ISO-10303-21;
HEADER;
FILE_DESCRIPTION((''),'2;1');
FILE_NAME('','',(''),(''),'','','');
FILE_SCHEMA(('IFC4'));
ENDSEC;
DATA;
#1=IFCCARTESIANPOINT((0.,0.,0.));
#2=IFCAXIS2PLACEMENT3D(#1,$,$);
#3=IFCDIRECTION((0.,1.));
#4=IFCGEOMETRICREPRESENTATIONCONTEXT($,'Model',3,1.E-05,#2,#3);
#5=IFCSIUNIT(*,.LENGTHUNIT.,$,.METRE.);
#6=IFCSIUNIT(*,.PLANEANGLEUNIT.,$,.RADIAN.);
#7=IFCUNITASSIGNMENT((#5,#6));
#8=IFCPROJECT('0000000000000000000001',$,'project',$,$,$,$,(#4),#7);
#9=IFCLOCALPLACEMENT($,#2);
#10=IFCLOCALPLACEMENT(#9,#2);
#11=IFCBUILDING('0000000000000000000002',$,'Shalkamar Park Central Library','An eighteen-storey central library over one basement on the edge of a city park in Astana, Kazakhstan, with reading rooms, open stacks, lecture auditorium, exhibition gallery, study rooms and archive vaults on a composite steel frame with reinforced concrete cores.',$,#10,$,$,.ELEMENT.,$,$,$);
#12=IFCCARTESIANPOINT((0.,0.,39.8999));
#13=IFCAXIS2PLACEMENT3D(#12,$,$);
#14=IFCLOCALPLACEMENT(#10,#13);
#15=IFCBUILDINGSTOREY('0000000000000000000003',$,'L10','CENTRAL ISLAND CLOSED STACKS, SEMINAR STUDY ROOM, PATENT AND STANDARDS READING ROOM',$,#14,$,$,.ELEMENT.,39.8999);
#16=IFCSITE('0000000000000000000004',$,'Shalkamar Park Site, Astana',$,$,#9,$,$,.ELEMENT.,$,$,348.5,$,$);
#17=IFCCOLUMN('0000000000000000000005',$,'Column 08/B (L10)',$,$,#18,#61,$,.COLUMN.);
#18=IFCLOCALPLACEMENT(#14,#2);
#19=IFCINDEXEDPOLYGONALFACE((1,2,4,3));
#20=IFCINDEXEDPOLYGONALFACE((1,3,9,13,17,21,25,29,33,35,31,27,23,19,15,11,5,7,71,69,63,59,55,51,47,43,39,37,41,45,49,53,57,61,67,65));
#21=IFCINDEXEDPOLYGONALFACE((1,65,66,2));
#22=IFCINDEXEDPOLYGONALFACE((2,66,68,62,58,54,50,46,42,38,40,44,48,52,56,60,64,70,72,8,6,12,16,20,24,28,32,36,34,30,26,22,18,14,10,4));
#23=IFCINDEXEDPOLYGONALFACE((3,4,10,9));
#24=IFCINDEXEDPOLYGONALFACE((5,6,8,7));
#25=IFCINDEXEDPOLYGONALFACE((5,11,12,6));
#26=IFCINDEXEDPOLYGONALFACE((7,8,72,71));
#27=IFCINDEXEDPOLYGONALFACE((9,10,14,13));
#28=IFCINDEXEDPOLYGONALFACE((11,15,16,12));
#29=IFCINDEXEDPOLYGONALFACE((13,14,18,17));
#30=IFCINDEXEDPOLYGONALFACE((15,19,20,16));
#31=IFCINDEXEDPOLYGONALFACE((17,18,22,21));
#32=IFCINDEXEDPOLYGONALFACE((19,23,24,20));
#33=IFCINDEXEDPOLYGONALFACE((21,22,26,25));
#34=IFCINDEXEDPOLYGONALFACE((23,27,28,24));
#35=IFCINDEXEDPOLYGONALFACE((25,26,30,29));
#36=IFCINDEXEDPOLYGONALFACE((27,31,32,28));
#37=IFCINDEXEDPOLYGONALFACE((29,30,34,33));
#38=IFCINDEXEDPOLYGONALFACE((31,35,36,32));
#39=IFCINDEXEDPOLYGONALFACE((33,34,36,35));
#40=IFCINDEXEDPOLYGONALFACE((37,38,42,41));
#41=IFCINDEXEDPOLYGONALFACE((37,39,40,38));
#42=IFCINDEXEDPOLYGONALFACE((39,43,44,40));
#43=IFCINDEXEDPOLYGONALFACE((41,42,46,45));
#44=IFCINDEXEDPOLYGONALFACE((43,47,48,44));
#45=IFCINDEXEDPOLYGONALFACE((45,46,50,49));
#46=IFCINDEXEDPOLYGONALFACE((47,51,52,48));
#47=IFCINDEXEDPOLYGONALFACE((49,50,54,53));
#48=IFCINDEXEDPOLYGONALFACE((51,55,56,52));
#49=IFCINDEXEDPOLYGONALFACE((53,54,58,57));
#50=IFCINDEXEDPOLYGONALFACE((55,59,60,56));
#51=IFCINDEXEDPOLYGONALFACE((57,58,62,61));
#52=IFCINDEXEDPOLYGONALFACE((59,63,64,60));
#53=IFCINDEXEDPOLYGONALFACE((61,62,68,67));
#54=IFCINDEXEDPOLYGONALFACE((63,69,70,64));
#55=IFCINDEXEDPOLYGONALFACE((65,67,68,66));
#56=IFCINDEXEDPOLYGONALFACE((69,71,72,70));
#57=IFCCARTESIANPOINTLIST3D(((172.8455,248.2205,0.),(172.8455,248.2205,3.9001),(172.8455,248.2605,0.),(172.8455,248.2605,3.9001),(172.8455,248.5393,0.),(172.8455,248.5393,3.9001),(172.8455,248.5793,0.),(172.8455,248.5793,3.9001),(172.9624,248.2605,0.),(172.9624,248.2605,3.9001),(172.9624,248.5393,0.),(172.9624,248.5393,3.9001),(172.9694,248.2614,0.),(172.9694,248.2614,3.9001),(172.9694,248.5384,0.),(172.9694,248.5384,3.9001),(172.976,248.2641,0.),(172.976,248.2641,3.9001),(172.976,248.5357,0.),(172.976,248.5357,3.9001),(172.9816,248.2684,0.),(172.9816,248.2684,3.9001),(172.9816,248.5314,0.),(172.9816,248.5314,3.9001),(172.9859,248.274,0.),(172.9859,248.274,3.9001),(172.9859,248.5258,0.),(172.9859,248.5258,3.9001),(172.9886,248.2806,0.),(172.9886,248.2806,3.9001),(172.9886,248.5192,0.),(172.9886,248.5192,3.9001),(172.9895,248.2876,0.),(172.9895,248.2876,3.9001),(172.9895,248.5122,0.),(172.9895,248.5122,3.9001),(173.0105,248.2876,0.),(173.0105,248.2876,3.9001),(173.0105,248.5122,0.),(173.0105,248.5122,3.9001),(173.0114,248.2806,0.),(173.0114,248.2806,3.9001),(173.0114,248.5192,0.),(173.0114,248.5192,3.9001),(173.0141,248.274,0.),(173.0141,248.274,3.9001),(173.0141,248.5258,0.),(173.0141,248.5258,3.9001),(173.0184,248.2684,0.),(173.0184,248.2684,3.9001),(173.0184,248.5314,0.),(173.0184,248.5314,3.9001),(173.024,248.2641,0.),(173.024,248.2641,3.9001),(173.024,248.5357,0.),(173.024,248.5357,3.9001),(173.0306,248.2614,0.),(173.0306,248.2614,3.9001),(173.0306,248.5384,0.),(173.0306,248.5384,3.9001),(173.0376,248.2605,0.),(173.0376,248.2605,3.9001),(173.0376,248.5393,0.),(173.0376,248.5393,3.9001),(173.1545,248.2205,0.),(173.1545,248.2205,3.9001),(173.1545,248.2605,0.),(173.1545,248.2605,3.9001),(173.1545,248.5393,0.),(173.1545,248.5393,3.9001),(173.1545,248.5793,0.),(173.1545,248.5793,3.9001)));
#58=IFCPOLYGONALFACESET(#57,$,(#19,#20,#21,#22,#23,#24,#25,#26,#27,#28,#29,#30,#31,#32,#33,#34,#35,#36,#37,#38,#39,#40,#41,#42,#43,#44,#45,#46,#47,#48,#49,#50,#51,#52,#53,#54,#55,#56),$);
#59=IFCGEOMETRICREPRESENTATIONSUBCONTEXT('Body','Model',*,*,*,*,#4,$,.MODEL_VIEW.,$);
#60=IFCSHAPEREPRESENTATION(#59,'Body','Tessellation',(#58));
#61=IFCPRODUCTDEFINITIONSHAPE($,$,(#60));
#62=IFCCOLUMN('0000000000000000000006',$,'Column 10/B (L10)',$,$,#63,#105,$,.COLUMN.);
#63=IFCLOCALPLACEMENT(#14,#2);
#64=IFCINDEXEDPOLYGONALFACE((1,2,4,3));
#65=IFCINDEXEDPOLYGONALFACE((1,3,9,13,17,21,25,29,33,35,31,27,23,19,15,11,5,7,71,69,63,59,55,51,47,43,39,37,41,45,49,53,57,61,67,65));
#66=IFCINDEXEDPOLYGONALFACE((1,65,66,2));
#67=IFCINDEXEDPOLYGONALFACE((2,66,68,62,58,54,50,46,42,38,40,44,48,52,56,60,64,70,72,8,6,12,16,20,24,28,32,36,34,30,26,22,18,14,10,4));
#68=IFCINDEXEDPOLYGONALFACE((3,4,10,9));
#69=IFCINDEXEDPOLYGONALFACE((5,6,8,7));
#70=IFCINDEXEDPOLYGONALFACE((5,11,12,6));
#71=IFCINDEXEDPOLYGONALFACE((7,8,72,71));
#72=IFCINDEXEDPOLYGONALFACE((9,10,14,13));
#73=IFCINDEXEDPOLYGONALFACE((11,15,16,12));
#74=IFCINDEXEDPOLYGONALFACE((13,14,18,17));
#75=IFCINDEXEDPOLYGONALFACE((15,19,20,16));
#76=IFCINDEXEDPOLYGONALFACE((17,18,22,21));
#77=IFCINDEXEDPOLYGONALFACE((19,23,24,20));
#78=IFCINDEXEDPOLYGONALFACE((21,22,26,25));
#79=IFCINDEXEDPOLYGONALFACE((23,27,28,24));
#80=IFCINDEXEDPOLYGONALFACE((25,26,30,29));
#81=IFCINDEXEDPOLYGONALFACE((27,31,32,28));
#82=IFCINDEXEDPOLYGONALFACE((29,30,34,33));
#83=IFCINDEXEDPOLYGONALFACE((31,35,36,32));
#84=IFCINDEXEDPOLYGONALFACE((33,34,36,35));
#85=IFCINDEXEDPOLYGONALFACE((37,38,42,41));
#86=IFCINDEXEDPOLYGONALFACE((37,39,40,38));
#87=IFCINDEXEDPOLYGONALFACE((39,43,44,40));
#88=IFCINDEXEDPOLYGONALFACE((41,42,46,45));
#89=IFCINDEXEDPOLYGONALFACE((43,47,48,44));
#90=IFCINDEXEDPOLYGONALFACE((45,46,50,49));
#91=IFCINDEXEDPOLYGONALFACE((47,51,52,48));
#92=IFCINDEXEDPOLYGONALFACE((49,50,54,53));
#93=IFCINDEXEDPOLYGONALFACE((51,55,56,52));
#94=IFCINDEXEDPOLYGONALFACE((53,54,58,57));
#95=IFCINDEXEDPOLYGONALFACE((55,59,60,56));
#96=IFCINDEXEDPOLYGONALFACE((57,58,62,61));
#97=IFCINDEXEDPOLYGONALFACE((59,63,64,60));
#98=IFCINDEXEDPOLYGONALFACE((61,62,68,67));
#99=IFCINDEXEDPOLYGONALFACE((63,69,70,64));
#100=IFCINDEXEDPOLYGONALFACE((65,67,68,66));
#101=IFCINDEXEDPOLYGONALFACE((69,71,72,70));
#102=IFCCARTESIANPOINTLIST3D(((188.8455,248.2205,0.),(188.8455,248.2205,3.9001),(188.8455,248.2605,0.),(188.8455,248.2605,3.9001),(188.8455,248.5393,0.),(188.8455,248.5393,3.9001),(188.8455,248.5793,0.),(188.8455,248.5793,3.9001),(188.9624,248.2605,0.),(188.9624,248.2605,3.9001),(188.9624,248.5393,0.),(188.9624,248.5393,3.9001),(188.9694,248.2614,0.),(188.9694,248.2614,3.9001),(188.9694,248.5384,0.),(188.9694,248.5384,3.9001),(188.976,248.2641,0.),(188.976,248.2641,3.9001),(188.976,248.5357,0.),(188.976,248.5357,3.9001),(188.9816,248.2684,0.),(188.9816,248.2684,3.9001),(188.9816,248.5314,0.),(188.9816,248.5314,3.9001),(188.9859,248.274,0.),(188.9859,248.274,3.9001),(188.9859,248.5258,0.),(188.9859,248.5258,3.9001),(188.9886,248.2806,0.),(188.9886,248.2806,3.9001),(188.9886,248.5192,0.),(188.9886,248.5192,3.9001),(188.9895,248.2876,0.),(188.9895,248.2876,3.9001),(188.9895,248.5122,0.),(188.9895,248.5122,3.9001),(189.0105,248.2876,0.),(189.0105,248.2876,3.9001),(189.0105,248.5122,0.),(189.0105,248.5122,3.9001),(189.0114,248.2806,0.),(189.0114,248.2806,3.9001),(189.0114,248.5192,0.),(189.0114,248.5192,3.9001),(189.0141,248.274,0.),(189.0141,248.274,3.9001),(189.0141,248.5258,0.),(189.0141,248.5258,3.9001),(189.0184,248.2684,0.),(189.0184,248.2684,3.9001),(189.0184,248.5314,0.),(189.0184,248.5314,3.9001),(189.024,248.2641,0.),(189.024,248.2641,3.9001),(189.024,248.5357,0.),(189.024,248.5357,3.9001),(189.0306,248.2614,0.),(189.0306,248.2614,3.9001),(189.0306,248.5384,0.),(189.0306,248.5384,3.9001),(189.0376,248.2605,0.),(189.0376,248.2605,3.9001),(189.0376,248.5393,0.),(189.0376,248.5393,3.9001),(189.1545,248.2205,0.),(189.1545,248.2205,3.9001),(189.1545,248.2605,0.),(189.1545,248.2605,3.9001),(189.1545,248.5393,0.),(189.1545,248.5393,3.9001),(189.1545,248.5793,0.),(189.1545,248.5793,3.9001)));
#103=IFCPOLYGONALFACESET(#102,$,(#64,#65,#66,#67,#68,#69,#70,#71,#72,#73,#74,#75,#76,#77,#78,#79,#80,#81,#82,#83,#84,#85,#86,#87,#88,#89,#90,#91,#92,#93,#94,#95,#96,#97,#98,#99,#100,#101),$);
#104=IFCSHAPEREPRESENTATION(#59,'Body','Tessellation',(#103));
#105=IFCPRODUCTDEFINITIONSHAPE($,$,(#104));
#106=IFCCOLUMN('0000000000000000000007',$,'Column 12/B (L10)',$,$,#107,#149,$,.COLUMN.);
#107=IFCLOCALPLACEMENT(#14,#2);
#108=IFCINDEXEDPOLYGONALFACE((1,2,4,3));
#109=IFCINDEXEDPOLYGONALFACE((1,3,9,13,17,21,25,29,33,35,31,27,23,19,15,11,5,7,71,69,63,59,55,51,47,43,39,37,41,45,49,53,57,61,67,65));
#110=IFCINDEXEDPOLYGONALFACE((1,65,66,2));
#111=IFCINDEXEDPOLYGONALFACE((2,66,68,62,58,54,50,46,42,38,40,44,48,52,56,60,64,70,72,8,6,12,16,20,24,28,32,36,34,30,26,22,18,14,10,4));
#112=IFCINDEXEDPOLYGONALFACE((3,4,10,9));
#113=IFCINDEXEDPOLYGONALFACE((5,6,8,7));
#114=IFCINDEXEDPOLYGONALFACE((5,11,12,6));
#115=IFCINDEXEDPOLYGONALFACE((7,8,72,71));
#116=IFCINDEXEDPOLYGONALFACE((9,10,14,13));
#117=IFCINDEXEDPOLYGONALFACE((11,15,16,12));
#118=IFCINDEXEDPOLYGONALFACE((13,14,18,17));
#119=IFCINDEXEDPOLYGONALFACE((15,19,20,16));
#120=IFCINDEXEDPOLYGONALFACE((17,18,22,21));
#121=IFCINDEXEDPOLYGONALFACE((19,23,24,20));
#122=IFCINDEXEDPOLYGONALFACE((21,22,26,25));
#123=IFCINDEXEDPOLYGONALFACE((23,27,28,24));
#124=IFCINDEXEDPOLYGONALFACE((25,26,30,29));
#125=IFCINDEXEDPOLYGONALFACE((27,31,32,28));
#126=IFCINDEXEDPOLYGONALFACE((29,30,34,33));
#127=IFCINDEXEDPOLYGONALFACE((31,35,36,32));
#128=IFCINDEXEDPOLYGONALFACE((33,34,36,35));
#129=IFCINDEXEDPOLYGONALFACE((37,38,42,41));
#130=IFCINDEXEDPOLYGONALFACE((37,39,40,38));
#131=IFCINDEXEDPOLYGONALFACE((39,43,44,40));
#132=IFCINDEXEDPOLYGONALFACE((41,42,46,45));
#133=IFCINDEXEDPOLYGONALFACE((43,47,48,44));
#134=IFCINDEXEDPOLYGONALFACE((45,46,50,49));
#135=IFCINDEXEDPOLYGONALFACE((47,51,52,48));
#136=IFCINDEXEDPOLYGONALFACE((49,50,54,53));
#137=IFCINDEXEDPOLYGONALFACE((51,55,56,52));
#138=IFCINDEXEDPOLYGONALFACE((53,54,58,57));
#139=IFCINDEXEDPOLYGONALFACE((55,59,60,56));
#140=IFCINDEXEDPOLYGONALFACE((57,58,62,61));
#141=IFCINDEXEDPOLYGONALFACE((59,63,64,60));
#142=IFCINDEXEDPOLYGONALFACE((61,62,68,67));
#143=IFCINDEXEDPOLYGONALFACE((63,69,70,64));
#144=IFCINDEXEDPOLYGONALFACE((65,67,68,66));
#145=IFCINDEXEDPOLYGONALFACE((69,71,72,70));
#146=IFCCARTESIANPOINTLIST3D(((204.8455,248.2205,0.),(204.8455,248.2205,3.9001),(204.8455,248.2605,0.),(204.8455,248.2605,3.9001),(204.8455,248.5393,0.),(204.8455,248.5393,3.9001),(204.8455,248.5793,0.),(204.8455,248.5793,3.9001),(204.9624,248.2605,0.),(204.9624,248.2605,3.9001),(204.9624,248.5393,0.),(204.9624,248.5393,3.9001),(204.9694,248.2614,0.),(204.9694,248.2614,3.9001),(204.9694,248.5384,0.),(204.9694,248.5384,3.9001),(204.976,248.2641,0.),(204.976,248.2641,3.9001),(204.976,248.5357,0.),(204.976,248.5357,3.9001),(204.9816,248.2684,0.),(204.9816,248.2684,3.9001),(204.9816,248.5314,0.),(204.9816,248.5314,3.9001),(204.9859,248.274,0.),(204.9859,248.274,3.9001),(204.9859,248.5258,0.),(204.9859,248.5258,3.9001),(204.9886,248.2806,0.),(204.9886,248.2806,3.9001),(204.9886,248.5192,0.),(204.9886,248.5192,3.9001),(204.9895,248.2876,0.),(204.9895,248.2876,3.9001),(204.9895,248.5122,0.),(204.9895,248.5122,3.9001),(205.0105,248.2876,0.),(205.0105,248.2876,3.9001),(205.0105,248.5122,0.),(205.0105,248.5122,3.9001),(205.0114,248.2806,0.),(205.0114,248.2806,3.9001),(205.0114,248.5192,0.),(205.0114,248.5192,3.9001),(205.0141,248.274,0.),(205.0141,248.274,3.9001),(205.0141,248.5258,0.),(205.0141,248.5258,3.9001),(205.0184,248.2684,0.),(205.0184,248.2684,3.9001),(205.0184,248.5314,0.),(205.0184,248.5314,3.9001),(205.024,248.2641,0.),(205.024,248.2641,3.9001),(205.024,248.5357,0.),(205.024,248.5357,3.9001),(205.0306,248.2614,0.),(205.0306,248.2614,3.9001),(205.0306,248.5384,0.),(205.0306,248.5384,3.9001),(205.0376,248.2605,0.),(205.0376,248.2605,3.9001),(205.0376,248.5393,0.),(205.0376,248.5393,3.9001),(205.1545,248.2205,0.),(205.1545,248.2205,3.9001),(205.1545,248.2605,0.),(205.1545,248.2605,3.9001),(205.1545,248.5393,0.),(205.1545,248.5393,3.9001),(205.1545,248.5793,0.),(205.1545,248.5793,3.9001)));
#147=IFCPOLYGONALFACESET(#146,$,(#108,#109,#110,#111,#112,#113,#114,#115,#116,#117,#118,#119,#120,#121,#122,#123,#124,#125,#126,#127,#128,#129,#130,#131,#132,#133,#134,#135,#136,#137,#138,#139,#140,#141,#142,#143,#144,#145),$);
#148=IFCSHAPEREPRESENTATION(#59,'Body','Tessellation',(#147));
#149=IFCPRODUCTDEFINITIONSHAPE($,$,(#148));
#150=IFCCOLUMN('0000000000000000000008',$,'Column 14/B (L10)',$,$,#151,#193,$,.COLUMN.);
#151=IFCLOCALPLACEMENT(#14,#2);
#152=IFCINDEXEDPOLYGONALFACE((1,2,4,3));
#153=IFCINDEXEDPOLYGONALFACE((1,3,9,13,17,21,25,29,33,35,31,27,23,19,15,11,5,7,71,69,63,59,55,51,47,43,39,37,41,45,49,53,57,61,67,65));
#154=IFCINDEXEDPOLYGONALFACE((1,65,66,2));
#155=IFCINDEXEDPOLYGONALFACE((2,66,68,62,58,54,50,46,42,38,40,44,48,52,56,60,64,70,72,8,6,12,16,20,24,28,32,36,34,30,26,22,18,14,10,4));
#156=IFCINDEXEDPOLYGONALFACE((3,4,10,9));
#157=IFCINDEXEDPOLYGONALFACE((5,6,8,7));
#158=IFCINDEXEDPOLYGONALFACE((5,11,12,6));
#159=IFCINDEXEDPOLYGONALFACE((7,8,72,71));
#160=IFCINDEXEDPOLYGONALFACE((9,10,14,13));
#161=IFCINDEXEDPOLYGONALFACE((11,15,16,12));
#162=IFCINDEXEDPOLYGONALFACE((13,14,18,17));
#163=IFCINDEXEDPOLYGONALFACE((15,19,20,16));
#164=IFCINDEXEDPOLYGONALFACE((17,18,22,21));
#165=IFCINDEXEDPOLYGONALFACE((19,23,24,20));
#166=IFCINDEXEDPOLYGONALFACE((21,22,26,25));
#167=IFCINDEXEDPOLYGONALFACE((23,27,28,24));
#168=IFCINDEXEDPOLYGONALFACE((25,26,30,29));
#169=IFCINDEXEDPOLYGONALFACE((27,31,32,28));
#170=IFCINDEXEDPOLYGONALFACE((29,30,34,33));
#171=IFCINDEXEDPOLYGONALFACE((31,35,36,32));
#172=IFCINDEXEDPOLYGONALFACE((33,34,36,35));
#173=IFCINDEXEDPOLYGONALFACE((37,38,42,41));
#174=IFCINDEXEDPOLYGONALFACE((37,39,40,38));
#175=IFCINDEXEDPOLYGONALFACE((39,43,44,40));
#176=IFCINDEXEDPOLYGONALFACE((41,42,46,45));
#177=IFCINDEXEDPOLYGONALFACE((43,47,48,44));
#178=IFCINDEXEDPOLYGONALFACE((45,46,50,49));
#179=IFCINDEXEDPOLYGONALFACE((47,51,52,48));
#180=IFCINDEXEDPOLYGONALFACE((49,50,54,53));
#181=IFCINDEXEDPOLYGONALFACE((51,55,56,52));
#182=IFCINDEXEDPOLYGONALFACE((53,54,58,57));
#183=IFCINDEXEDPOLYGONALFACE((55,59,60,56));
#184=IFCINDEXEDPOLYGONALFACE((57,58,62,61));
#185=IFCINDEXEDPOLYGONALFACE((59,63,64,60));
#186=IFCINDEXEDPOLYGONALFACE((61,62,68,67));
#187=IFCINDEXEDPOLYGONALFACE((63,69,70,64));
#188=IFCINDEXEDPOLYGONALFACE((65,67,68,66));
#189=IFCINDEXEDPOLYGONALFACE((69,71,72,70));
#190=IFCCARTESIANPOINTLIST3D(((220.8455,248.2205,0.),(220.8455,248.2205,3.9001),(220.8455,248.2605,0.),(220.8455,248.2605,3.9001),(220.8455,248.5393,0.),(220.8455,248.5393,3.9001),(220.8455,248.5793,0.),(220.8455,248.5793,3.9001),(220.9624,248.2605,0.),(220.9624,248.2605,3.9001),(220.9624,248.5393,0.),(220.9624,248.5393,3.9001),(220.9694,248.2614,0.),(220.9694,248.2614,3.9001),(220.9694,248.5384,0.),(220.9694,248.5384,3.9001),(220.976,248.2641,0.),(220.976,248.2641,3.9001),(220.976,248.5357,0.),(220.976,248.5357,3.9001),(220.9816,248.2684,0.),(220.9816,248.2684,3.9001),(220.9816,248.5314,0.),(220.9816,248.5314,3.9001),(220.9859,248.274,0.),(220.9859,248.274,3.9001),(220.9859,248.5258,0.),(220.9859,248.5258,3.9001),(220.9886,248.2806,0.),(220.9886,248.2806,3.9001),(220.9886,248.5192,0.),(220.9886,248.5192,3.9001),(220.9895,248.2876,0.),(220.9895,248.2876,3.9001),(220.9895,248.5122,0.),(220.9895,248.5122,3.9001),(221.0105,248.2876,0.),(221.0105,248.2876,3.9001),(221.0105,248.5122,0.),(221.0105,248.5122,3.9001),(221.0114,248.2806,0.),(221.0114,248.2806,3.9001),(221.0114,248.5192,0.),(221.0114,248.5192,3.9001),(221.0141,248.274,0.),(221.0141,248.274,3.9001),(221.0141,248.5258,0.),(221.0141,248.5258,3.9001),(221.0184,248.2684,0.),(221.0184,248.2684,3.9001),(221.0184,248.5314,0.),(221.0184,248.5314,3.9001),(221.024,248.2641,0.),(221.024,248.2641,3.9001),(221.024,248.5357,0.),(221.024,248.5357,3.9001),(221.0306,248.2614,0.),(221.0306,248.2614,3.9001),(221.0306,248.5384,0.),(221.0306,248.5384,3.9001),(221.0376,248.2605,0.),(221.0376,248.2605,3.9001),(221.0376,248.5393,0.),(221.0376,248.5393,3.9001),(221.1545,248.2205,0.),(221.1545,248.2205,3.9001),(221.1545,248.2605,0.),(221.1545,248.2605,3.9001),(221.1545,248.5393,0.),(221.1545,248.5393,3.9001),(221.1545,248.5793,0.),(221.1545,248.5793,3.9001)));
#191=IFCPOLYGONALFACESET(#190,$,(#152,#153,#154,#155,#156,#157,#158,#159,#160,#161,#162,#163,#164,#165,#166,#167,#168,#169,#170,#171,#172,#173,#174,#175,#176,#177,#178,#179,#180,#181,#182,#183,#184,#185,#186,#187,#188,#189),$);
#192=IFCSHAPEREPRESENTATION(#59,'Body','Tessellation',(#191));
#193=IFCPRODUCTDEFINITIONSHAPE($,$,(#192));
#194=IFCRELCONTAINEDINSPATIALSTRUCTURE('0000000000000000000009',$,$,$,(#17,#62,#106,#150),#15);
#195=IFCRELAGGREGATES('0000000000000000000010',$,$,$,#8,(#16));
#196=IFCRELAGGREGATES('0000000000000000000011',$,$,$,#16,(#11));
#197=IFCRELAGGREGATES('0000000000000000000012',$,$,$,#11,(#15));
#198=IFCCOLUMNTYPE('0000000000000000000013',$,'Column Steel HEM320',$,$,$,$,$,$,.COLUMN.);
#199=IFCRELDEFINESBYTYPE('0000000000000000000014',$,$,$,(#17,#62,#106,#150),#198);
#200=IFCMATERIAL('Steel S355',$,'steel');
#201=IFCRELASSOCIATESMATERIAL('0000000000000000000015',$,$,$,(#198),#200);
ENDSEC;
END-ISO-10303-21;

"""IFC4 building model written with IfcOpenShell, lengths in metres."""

from ifc_helpers import new_model, si_unit, direction, frame, origin, origin_2d, place, context, subcontext, project, spatial, i_section, extrude, material, material_profile, profile_set, type_object, element, save


model = new_model("IFC4")

# Units and contexts
model_context = context("Model", 3, precision=1e-05, world=origin(), true_north=direction((0.0, 1.0)))
body_context = subcontext(model_context, "Body", "Model", "MODEL_VIEW")
ifc_project = project(units=[si_unit("LENGTHUNIT", "METRE"), si_unit("PLANEANGLEUNIT", "RADIAN")], contexts=[model_context])

# Site, building, storey
site_placement = place(None, origin())
site = spatial("IfcSite", under=ifc_project, at=site_placement, Name="Shalkamar Park Site, Astana", CompositionType="ELEMENT", RefElevation=348.5)
building_placement = place(site_placement, origin())
building = spatial("IfcBuilding", under=site, at=building_placement, Name="Shalkamar Park Central Library", Description="An eighteen-storey central library over one basement on the edge of a city park in Astana, Kazakhstan, with reading rooms, open stacks, lecture auditorium, exhibition gallery, study rooms and archive vaults on a composite steel frame with reinforced concrete cores.", CompositionType="ELEMENT")
storey_placement = place(building_placement, frame((0.0, 0.0, 39.8999)))
storey = spatial("IfcBuildingStorey", under=building, at=storey_placement, Name="L10", Description="CENTRAL ISLAND CLOSED STACKS, SEMINAR STUDY ROOM, PATENT AND STANDARDS READING ROOM", CompositionType="ELEMENT", Elevation=39.8999)

# Columns
ifc_material_1 = material(Name="Steel S355", Category="steel")
ifc_material_profile_1 = material_profile(ifc_material_1, i_section(OverallWidth=0.3091, OverallDepth=0.3589, WebThickness=0.021, FlangeThickness=0.04, FilletRadius=0.0271, at=origin_2d()), Name="HEM 320")
ifc_profile_set_1 = profile_set([ifc_material_profile_1], Name="Steel S355")
column_type_1 = type_object("IfcColumnType", Name="Column Steel HEM320", PredefinedType="COLUMN", material=ifc_profile_set_1)
for number, where, z_axis, x_axis, name in (
    (1, (173.0, 248.3999, 0.0), (0.0, 0.0, 1.0), (1.0, 0.0, 0.0), "Column 08/B (L10)"),
    (2, (189.0, 248.3999, 0.0), (0.0, 0.0, 1.0), (1.0, 0.0, 0.0), "Column 10/B (L10)"),
    (3, (205.0, 248.3999, 0.0), (0.0, 0.0, 1.0), (1.0, 0.0, 0.0), "Column 12/B (L10)"),
    (4, (221.0, 248.3999, 0.0), (0.0, 0.0, 1.0), (1.0, 0.0, 0.0), "Column 14/B (L10)"),
):
    element("IfcColumn", number, at=place(storey_placement, frame(where, z_axis=z_axis, x_axis=x_axis)), inside=storey, type_object=column_type_1, Name=name, PredefinedType="COLUMN", context=body_context, shape_type="SweptSolid", body=[
        extrude(i_section(OverallWidth=0.3091, OverallDepth=0.3589, WebThickness=0.021, FlangeThickness=0.04, FilletRadius=0.0271, at=origin_2d()), origin(), (0.0, 0.0, 1.0), 3.9001),
    ])

save(model, "model.ifc")
